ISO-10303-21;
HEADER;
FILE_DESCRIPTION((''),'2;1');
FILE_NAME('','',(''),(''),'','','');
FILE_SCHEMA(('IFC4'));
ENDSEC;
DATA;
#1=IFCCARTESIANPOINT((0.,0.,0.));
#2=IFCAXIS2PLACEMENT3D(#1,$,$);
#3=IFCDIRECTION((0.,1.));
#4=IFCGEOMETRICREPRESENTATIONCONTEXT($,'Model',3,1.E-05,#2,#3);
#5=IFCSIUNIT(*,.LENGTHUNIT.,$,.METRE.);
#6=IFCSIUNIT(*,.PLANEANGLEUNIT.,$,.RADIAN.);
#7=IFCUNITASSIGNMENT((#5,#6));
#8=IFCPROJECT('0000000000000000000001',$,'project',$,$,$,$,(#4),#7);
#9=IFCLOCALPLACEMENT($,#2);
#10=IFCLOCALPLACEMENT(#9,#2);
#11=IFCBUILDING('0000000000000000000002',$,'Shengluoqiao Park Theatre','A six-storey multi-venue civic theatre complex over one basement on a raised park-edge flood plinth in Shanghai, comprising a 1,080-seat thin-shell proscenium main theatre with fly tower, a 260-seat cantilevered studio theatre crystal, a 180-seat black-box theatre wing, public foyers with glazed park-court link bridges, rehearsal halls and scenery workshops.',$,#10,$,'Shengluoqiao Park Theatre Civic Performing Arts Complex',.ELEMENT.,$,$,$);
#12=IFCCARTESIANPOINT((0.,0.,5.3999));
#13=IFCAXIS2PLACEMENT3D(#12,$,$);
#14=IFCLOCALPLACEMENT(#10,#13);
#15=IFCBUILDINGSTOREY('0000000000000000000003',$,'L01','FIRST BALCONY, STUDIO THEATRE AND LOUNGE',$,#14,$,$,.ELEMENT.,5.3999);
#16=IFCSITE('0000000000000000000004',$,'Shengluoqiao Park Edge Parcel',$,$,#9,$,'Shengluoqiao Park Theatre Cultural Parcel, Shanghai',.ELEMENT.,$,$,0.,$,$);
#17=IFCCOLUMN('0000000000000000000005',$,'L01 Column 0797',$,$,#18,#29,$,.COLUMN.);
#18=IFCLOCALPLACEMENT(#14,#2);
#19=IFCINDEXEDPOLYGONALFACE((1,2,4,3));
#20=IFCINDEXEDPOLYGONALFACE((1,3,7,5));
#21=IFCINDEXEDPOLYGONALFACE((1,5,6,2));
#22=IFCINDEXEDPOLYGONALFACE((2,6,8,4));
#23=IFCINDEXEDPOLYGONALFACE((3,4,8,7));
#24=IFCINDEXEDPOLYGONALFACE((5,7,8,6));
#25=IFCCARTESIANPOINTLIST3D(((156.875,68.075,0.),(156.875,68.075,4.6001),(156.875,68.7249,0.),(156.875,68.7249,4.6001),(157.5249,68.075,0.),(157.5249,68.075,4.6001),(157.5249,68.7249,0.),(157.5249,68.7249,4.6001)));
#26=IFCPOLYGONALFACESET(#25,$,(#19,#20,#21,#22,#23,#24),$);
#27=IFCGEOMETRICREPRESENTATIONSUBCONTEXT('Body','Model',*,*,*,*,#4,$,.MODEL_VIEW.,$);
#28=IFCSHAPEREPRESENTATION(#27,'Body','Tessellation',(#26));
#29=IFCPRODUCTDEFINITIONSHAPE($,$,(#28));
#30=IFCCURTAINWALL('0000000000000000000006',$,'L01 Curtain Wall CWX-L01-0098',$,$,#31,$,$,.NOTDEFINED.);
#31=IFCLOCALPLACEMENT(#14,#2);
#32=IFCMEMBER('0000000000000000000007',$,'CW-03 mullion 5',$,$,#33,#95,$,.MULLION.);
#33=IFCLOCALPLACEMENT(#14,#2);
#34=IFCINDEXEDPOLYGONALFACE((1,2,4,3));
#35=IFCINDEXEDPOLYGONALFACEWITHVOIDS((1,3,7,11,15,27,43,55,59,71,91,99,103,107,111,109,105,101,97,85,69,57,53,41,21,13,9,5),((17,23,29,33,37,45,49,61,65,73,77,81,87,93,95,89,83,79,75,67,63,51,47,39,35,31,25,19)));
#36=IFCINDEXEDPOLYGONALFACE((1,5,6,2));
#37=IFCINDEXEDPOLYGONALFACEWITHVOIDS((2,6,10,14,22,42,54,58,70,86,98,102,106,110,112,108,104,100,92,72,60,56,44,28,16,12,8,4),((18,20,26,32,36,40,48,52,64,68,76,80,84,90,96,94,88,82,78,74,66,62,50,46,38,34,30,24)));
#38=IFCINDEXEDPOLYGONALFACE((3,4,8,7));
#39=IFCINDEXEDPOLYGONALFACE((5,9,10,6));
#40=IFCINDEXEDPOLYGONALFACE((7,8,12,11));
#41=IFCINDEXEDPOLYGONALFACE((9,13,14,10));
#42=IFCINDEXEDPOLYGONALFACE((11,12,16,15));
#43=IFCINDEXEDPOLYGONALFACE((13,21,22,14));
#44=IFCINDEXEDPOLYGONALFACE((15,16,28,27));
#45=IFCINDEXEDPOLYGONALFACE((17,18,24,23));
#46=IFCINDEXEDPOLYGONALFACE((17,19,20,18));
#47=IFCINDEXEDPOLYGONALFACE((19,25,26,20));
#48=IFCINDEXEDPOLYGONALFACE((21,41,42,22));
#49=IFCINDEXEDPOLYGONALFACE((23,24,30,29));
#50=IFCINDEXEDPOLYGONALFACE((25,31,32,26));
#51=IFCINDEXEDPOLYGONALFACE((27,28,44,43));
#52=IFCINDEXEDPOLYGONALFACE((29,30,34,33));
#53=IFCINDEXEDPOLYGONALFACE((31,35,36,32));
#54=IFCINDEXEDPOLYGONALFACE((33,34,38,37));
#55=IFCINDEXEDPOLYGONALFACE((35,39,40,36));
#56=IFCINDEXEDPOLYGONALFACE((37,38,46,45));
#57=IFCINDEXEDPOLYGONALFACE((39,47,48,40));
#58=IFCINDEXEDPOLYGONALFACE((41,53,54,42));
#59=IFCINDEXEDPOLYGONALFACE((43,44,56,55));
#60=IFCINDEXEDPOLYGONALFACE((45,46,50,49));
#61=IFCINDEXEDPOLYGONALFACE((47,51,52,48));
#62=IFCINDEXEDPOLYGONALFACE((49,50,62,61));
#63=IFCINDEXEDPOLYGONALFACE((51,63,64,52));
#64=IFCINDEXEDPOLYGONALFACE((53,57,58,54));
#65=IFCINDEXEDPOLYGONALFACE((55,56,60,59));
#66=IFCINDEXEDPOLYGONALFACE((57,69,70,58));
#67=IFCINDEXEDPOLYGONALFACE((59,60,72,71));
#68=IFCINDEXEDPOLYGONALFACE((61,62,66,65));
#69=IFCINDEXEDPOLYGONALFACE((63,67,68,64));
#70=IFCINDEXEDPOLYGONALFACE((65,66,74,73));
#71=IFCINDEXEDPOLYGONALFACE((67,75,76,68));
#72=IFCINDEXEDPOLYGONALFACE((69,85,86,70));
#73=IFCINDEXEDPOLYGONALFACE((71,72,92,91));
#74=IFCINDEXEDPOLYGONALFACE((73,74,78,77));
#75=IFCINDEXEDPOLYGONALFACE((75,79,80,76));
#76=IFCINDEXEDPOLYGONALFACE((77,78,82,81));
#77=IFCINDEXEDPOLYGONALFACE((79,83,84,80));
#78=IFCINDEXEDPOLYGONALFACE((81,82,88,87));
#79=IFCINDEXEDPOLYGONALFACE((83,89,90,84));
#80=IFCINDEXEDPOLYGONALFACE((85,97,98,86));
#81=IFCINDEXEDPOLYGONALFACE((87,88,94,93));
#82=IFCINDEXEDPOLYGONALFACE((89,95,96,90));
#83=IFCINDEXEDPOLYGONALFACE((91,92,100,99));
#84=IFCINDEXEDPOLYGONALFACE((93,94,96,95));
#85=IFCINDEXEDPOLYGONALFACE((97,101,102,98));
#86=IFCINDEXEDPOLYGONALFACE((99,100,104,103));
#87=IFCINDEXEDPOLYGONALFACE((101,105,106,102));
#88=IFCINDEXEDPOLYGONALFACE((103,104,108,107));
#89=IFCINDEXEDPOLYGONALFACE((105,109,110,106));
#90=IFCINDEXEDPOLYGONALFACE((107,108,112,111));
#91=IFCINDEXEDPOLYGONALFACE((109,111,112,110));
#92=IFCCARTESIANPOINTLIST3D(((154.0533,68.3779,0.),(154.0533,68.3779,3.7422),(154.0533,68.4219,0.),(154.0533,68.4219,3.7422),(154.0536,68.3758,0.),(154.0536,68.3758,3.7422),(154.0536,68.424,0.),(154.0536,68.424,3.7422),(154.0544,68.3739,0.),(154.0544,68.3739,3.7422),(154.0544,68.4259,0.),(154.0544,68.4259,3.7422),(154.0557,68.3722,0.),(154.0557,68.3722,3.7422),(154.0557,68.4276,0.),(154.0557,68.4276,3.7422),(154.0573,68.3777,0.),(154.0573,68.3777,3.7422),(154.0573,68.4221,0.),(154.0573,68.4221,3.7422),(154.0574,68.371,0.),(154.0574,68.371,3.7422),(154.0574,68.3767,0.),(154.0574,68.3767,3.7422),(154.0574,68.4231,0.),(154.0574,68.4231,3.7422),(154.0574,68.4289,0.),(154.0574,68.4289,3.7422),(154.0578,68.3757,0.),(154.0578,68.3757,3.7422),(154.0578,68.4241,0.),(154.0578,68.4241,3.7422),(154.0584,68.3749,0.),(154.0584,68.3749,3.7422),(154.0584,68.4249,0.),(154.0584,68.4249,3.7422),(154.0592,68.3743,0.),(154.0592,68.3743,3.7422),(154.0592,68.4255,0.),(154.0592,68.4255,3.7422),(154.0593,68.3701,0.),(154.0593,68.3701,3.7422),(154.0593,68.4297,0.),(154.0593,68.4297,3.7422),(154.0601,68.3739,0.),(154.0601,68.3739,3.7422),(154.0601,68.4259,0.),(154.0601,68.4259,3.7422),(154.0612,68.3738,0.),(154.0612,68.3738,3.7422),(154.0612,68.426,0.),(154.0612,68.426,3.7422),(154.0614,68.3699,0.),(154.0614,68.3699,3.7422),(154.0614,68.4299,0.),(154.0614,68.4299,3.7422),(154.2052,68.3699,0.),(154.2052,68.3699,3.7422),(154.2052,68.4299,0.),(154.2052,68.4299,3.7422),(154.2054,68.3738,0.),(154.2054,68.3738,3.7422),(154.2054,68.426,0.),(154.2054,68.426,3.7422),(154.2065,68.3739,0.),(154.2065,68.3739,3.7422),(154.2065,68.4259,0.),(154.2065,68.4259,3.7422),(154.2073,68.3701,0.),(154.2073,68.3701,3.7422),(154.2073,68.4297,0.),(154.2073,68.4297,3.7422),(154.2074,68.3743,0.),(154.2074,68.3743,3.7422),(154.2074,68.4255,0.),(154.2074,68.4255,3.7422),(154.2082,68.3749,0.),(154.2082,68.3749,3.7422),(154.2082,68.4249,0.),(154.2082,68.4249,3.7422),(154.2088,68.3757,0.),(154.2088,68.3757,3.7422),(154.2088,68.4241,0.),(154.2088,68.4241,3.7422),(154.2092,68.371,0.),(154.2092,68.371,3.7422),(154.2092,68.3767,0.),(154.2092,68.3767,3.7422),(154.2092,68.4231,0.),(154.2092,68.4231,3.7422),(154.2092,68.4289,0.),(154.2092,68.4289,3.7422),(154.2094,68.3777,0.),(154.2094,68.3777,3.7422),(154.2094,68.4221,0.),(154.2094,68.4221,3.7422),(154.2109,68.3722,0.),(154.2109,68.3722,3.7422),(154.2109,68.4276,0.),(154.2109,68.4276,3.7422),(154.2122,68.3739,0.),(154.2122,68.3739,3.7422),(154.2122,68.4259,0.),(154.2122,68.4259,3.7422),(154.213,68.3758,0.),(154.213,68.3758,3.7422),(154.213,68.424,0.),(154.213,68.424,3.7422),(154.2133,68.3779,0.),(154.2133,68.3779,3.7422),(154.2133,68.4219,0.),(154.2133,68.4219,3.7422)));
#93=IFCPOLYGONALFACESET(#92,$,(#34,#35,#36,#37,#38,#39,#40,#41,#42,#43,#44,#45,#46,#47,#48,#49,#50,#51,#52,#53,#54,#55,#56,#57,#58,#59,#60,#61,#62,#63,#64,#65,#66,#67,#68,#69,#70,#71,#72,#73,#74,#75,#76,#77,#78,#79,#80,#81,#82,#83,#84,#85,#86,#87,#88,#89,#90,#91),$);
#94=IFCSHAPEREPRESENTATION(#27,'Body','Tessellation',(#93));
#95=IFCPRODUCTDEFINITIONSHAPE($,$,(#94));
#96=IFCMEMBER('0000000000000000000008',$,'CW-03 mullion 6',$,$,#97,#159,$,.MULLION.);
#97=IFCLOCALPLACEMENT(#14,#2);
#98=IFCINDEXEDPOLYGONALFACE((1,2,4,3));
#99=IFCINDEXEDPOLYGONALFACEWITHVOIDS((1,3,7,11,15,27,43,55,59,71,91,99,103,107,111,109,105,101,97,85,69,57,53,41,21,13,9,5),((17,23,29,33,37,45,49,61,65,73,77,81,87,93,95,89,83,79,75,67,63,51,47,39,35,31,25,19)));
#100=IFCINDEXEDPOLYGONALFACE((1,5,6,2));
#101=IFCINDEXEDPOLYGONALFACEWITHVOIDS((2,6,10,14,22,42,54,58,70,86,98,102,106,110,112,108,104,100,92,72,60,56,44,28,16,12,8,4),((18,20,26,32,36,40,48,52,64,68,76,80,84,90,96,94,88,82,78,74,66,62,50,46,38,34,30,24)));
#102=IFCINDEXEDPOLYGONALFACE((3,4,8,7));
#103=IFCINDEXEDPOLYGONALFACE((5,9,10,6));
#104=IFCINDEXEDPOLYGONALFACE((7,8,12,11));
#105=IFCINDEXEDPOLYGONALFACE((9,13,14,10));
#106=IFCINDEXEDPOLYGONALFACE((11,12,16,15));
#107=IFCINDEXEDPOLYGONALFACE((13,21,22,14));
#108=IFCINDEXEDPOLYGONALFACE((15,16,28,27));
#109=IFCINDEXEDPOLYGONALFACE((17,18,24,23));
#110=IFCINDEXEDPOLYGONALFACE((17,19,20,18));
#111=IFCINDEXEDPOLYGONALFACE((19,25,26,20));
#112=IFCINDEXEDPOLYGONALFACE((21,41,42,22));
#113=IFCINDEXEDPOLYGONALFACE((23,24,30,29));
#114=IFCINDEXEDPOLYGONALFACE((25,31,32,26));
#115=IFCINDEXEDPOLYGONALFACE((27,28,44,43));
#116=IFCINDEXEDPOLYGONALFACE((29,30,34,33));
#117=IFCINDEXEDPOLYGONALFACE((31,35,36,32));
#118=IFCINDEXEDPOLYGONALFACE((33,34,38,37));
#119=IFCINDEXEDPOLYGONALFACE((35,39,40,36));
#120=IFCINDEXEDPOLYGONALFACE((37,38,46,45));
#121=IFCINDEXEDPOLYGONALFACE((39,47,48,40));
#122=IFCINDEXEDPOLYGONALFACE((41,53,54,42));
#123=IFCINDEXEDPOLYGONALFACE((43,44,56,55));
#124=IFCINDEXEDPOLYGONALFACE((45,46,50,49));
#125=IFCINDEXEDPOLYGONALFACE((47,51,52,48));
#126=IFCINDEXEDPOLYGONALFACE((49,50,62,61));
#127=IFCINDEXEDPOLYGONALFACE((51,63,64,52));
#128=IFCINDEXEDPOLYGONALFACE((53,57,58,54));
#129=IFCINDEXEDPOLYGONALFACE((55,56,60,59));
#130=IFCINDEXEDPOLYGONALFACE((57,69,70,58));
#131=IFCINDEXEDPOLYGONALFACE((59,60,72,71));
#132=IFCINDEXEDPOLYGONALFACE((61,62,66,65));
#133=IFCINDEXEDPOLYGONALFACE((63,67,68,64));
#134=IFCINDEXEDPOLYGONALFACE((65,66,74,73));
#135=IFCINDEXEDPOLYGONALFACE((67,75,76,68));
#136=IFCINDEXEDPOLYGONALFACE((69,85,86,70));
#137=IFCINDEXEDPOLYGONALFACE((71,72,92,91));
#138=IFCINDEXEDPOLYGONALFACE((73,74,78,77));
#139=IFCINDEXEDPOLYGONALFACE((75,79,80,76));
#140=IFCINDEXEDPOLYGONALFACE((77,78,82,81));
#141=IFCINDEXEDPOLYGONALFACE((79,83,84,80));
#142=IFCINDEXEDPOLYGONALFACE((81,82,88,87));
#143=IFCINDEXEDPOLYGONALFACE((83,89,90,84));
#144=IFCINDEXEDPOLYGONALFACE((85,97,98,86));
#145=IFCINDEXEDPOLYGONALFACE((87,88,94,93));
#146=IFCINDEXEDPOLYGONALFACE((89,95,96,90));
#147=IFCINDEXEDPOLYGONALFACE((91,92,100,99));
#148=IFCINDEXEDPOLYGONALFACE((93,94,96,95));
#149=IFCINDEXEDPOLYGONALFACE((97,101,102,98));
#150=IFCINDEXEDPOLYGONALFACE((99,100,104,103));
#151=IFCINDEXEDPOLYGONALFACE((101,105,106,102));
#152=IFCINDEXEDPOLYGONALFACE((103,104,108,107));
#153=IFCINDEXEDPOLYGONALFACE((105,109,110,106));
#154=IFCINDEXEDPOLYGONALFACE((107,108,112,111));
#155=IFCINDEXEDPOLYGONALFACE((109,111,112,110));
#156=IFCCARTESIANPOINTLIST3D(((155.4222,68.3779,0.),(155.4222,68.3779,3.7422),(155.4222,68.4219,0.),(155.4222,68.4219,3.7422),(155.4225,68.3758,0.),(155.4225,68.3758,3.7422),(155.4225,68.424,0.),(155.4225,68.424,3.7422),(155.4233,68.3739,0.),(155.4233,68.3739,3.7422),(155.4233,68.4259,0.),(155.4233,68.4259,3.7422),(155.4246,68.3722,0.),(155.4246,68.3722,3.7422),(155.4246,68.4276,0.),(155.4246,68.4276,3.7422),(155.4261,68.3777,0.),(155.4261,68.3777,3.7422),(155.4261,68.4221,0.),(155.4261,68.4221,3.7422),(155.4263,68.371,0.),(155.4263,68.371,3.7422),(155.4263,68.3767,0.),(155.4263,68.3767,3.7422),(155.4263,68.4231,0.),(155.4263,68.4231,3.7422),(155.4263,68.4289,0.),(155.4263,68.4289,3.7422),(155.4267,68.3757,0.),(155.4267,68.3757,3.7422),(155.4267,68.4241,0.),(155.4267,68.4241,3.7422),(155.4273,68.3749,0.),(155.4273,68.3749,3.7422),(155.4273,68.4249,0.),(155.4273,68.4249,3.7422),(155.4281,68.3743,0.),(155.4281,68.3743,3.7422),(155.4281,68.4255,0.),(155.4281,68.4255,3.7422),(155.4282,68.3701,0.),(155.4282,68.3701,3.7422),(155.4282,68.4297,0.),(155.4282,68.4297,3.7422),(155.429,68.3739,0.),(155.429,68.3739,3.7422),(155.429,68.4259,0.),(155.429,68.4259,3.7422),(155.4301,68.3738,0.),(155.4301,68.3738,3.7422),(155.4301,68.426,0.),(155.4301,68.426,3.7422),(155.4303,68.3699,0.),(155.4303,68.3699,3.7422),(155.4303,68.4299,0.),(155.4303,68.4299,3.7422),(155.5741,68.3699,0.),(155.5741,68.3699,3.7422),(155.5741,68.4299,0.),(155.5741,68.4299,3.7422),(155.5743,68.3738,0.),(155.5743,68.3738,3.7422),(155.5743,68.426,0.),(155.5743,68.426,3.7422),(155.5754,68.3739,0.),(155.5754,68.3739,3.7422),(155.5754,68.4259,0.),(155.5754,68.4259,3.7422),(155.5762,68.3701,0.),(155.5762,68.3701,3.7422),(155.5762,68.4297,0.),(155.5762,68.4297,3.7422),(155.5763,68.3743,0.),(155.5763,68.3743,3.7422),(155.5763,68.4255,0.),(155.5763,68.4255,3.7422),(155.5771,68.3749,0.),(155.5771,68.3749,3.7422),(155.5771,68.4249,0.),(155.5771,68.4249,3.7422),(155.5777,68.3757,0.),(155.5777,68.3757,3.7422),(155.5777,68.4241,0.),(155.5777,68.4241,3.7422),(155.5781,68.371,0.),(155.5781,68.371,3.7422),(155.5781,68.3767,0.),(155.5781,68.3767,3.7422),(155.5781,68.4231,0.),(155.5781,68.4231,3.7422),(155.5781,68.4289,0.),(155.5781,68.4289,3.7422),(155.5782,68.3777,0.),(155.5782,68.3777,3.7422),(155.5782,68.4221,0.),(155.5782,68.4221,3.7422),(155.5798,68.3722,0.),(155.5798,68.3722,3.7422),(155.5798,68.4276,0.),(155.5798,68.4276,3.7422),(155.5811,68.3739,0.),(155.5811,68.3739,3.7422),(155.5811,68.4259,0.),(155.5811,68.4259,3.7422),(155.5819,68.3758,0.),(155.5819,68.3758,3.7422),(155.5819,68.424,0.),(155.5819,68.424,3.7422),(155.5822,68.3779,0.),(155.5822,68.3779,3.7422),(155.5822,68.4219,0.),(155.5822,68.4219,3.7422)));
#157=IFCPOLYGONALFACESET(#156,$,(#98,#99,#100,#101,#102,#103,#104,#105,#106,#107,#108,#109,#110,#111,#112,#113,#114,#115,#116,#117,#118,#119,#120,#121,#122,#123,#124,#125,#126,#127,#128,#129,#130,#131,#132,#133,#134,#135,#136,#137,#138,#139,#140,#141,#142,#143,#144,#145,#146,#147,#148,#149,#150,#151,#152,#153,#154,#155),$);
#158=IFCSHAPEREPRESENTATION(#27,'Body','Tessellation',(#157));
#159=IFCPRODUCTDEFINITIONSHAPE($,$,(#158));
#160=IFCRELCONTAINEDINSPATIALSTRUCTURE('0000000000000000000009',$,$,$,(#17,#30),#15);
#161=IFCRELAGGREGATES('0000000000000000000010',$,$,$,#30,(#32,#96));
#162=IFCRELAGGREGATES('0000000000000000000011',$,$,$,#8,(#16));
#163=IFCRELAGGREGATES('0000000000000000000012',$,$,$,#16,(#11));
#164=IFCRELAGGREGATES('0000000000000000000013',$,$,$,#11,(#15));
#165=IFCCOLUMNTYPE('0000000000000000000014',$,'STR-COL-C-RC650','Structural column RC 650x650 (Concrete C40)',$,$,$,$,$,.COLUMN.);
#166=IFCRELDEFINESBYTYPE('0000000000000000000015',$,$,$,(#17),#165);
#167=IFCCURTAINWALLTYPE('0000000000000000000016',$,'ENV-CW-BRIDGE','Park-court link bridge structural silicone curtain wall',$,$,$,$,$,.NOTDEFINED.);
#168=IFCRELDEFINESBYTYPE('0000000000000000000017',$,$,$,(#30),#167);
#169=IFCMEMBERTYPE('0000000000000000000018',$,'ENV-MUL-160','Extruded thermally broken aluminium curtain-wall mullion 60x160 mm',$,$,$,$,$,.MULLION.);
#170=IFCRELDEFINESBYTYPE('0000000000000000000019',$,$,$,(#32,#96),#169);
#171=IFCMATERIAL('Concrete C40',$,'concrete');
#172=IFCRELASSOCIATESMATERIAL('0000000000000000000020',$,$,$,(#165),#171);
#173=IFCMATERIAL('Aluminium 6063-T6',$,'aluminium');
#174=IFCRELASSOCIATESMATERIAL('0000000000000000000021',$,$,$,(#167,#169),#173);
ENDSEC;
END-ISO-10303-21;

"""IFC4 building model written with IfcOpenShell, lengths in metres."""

from ifc_helpers import new_model, si_unit, direction, frame, origin, origin_2d, place, context, subcontext, project, spatial, rectangle, hollow_rectangle, extrude, material, material_profile, profile_set, type_object, element, aggregate, save


model = new_model("IFC4")

# Units and contexts
model_context = context("Model", 3, precision=1e-05, world=origin(), true_north=direction((0.0, 1.0)))
body_context = subcontext(model_context, "Body", "Model", "MODEL_VIEW")
ifc_project = project(units=[si_unit("LENGTHUNIT", "METRE"), si_unit("PLANEANGLEUNIT", "RADIAN")], contexts=[model_context])

# Site, building, storey
site_placement = place(None, origin())
site = spatial("IfcSite", under=ifc_project, at=site_placement, Name="Shengluoqiao Park Edge Parcel", LongName="Shengluoqiao Park Theatre Cultural Parcel, Shanghai", CompositionType="ELEMENT", RefElevation=0.0)
building_placement = place(site_placement, origin())
building = spatial("IfcBuilding", under=site, at=building_placement, Name="Shengluoqiao Park Theatre", Description="A six-storey multi-venue civic theatre complex over one basement on a raised park-edge flood plinth in Shanghai, comprising a 1,080-seat thin-shell proscenium main theatre with fly tower, a 260-seat cantilevered studio theatre crystal, a 180-seat black-box theatre wing, public foyers with glazed park-court link bridges, rehearsal halls and scenery workshops.", LongName="Shengluoqiao Park Theatre Civic Performing Arts Complex", CompositionType="ELEMENT")
storey_placement = place(building_placement, frame((0.0, 0.0, 5.3999)))
storey = spatial("IfcBuildingStorey", under=building, at=storey_placement, Name="L01", Description="FIRST BALCONY, STUDIO THEATRE AND LOUNGE", CompositionType="ELEMENT", Elevation=5.3999)

# Column
ifc_material_1 = material(Name="Concrete C40", Category="concrete")
ifc_material_profile_1 = material_profile(ifc_material_1, rectangle(XDim=0.6499, YDim=0.6499, at=origin_2d()), Name="RC 650x650")
ifc_profile_set_1 = profile_set([ifc_material_profile_1], Name="Concrete C40")
column_type = type_object("IfcColumnType", Name="STR-COL-C-RC650", Description="Structural column RC 650x650 (Concrete C40)", PredefinedType="COLUMN", material=ifc_profile_set_1)
column_placement = place(storey_placement, frame((157.2, 68.3999, 0.0), z_axis=(0.0, 0.0, 1.0), x_axis=(1.0, 0.0, 0.0)))
element("IfcColumn", 1, at=column_placement, inside=storey, type_object=column_type, Name="L01 Column 0797", PredefinedType="COLUMN", context=body_context, shape_type="SweptSolid", body=[
    extrude(rectangle(XDim=0.6499, YDim=0.6499, at=origin_2d()), origin(), (0.0, 0.0, 1.0), 4.6001),
])

# Curtain wall, members
ifc_material_2 = material(Name="Aluminium 6063-T6", Category="aluminium")
curtain_wall_type_1 = type_object("IfcCurtainWallType", Name="ENV-CW-BRIDGE", Description="Park-court link bridge structural silicone curtain wall", PredefinedType="NOTDEFINED", material=ifc_material_2)
curtain_wall_1_placement = place(storey_placement, origin())
curtain_wall_1 = element("IfcCurtainWall", 2, at=curtain_wall_1_placement, inside=storey, type_object=curtain_wall_type_1, Name="L01 Curtain Wall CWX-L01-0098", PredefinedType="NOTDEFINED")
ifc_material_profile_2 = material_profile(ifc_material_2, hollow_rectangle(XDim=0.0601, YDim=0.1599, WallThickness=0.0039, InnerFilletRadius=0.0039, OuterFilletRadius=0.0081, at=origin_2d()), Name="ALU MULLION 160x60x4")
ifc_profile_set_2 = profile_set([ifc_material_profile_2], Name="Aluminium 6063-T6")
member_type_1 = type_object("IfcMemberType", Name="ENV-MUL-160", Description="Extruded thermally broken aluminium curtain-wall mullion 60x160 mm", PredefinedType="MULLION", material=ifc_profile_set_2)
member_1_placement = place(storey_placement, frame((154.1333, 68.3999, 0.0), z_axis=(0.0, 0.0, 1.0), x_axis=(0.0, 1.0, 0.0)))
member_1 = element("IfcMember", 3, at=member_1_placement, type_object=member_type_1, Name="CW-03 mullion 5", PredefinedType="MULLION", context=body_context, shape_type="SweptSolid", body=[
    extrude(hollow_rectangle(XDim=0.0601, YDim=0.1599, WallThickness=0.0039, InnerFilletRadius=0.0039, OuterFilletRadius=0.0081, at=origin_2d()), origin(), (0.0, 0.0, 1.0), 3.7422),
])
member_2_placement = place(storey_placement, frame((155.5022, 68.3999, 0.0), z_axis=(0.0, 0.0, 1.0), x_axis=(0.0, 1.0, 0.0)))
member_2 = element("IfcMember", 4, at=member_2_placement, type_object=member_type_1, Name="CW-03 mullion 6", PredefinedType="MULLION", context=body_context, shape_type="SweptSolid", body=[
    extrude(hollow_rectangle(XDim=0.0601, YDim=0.1599, WallThickness=0.0039, InnerFilletRadius=0.0039, OuterFilletRadius=0.0081, at=origin_2d()), origin(), (0.0, 0.0, 1.0), 3.7422),
])

aggregate(curtain_wall_1, [member_1, member_2])

save(model, "model.ifc")
